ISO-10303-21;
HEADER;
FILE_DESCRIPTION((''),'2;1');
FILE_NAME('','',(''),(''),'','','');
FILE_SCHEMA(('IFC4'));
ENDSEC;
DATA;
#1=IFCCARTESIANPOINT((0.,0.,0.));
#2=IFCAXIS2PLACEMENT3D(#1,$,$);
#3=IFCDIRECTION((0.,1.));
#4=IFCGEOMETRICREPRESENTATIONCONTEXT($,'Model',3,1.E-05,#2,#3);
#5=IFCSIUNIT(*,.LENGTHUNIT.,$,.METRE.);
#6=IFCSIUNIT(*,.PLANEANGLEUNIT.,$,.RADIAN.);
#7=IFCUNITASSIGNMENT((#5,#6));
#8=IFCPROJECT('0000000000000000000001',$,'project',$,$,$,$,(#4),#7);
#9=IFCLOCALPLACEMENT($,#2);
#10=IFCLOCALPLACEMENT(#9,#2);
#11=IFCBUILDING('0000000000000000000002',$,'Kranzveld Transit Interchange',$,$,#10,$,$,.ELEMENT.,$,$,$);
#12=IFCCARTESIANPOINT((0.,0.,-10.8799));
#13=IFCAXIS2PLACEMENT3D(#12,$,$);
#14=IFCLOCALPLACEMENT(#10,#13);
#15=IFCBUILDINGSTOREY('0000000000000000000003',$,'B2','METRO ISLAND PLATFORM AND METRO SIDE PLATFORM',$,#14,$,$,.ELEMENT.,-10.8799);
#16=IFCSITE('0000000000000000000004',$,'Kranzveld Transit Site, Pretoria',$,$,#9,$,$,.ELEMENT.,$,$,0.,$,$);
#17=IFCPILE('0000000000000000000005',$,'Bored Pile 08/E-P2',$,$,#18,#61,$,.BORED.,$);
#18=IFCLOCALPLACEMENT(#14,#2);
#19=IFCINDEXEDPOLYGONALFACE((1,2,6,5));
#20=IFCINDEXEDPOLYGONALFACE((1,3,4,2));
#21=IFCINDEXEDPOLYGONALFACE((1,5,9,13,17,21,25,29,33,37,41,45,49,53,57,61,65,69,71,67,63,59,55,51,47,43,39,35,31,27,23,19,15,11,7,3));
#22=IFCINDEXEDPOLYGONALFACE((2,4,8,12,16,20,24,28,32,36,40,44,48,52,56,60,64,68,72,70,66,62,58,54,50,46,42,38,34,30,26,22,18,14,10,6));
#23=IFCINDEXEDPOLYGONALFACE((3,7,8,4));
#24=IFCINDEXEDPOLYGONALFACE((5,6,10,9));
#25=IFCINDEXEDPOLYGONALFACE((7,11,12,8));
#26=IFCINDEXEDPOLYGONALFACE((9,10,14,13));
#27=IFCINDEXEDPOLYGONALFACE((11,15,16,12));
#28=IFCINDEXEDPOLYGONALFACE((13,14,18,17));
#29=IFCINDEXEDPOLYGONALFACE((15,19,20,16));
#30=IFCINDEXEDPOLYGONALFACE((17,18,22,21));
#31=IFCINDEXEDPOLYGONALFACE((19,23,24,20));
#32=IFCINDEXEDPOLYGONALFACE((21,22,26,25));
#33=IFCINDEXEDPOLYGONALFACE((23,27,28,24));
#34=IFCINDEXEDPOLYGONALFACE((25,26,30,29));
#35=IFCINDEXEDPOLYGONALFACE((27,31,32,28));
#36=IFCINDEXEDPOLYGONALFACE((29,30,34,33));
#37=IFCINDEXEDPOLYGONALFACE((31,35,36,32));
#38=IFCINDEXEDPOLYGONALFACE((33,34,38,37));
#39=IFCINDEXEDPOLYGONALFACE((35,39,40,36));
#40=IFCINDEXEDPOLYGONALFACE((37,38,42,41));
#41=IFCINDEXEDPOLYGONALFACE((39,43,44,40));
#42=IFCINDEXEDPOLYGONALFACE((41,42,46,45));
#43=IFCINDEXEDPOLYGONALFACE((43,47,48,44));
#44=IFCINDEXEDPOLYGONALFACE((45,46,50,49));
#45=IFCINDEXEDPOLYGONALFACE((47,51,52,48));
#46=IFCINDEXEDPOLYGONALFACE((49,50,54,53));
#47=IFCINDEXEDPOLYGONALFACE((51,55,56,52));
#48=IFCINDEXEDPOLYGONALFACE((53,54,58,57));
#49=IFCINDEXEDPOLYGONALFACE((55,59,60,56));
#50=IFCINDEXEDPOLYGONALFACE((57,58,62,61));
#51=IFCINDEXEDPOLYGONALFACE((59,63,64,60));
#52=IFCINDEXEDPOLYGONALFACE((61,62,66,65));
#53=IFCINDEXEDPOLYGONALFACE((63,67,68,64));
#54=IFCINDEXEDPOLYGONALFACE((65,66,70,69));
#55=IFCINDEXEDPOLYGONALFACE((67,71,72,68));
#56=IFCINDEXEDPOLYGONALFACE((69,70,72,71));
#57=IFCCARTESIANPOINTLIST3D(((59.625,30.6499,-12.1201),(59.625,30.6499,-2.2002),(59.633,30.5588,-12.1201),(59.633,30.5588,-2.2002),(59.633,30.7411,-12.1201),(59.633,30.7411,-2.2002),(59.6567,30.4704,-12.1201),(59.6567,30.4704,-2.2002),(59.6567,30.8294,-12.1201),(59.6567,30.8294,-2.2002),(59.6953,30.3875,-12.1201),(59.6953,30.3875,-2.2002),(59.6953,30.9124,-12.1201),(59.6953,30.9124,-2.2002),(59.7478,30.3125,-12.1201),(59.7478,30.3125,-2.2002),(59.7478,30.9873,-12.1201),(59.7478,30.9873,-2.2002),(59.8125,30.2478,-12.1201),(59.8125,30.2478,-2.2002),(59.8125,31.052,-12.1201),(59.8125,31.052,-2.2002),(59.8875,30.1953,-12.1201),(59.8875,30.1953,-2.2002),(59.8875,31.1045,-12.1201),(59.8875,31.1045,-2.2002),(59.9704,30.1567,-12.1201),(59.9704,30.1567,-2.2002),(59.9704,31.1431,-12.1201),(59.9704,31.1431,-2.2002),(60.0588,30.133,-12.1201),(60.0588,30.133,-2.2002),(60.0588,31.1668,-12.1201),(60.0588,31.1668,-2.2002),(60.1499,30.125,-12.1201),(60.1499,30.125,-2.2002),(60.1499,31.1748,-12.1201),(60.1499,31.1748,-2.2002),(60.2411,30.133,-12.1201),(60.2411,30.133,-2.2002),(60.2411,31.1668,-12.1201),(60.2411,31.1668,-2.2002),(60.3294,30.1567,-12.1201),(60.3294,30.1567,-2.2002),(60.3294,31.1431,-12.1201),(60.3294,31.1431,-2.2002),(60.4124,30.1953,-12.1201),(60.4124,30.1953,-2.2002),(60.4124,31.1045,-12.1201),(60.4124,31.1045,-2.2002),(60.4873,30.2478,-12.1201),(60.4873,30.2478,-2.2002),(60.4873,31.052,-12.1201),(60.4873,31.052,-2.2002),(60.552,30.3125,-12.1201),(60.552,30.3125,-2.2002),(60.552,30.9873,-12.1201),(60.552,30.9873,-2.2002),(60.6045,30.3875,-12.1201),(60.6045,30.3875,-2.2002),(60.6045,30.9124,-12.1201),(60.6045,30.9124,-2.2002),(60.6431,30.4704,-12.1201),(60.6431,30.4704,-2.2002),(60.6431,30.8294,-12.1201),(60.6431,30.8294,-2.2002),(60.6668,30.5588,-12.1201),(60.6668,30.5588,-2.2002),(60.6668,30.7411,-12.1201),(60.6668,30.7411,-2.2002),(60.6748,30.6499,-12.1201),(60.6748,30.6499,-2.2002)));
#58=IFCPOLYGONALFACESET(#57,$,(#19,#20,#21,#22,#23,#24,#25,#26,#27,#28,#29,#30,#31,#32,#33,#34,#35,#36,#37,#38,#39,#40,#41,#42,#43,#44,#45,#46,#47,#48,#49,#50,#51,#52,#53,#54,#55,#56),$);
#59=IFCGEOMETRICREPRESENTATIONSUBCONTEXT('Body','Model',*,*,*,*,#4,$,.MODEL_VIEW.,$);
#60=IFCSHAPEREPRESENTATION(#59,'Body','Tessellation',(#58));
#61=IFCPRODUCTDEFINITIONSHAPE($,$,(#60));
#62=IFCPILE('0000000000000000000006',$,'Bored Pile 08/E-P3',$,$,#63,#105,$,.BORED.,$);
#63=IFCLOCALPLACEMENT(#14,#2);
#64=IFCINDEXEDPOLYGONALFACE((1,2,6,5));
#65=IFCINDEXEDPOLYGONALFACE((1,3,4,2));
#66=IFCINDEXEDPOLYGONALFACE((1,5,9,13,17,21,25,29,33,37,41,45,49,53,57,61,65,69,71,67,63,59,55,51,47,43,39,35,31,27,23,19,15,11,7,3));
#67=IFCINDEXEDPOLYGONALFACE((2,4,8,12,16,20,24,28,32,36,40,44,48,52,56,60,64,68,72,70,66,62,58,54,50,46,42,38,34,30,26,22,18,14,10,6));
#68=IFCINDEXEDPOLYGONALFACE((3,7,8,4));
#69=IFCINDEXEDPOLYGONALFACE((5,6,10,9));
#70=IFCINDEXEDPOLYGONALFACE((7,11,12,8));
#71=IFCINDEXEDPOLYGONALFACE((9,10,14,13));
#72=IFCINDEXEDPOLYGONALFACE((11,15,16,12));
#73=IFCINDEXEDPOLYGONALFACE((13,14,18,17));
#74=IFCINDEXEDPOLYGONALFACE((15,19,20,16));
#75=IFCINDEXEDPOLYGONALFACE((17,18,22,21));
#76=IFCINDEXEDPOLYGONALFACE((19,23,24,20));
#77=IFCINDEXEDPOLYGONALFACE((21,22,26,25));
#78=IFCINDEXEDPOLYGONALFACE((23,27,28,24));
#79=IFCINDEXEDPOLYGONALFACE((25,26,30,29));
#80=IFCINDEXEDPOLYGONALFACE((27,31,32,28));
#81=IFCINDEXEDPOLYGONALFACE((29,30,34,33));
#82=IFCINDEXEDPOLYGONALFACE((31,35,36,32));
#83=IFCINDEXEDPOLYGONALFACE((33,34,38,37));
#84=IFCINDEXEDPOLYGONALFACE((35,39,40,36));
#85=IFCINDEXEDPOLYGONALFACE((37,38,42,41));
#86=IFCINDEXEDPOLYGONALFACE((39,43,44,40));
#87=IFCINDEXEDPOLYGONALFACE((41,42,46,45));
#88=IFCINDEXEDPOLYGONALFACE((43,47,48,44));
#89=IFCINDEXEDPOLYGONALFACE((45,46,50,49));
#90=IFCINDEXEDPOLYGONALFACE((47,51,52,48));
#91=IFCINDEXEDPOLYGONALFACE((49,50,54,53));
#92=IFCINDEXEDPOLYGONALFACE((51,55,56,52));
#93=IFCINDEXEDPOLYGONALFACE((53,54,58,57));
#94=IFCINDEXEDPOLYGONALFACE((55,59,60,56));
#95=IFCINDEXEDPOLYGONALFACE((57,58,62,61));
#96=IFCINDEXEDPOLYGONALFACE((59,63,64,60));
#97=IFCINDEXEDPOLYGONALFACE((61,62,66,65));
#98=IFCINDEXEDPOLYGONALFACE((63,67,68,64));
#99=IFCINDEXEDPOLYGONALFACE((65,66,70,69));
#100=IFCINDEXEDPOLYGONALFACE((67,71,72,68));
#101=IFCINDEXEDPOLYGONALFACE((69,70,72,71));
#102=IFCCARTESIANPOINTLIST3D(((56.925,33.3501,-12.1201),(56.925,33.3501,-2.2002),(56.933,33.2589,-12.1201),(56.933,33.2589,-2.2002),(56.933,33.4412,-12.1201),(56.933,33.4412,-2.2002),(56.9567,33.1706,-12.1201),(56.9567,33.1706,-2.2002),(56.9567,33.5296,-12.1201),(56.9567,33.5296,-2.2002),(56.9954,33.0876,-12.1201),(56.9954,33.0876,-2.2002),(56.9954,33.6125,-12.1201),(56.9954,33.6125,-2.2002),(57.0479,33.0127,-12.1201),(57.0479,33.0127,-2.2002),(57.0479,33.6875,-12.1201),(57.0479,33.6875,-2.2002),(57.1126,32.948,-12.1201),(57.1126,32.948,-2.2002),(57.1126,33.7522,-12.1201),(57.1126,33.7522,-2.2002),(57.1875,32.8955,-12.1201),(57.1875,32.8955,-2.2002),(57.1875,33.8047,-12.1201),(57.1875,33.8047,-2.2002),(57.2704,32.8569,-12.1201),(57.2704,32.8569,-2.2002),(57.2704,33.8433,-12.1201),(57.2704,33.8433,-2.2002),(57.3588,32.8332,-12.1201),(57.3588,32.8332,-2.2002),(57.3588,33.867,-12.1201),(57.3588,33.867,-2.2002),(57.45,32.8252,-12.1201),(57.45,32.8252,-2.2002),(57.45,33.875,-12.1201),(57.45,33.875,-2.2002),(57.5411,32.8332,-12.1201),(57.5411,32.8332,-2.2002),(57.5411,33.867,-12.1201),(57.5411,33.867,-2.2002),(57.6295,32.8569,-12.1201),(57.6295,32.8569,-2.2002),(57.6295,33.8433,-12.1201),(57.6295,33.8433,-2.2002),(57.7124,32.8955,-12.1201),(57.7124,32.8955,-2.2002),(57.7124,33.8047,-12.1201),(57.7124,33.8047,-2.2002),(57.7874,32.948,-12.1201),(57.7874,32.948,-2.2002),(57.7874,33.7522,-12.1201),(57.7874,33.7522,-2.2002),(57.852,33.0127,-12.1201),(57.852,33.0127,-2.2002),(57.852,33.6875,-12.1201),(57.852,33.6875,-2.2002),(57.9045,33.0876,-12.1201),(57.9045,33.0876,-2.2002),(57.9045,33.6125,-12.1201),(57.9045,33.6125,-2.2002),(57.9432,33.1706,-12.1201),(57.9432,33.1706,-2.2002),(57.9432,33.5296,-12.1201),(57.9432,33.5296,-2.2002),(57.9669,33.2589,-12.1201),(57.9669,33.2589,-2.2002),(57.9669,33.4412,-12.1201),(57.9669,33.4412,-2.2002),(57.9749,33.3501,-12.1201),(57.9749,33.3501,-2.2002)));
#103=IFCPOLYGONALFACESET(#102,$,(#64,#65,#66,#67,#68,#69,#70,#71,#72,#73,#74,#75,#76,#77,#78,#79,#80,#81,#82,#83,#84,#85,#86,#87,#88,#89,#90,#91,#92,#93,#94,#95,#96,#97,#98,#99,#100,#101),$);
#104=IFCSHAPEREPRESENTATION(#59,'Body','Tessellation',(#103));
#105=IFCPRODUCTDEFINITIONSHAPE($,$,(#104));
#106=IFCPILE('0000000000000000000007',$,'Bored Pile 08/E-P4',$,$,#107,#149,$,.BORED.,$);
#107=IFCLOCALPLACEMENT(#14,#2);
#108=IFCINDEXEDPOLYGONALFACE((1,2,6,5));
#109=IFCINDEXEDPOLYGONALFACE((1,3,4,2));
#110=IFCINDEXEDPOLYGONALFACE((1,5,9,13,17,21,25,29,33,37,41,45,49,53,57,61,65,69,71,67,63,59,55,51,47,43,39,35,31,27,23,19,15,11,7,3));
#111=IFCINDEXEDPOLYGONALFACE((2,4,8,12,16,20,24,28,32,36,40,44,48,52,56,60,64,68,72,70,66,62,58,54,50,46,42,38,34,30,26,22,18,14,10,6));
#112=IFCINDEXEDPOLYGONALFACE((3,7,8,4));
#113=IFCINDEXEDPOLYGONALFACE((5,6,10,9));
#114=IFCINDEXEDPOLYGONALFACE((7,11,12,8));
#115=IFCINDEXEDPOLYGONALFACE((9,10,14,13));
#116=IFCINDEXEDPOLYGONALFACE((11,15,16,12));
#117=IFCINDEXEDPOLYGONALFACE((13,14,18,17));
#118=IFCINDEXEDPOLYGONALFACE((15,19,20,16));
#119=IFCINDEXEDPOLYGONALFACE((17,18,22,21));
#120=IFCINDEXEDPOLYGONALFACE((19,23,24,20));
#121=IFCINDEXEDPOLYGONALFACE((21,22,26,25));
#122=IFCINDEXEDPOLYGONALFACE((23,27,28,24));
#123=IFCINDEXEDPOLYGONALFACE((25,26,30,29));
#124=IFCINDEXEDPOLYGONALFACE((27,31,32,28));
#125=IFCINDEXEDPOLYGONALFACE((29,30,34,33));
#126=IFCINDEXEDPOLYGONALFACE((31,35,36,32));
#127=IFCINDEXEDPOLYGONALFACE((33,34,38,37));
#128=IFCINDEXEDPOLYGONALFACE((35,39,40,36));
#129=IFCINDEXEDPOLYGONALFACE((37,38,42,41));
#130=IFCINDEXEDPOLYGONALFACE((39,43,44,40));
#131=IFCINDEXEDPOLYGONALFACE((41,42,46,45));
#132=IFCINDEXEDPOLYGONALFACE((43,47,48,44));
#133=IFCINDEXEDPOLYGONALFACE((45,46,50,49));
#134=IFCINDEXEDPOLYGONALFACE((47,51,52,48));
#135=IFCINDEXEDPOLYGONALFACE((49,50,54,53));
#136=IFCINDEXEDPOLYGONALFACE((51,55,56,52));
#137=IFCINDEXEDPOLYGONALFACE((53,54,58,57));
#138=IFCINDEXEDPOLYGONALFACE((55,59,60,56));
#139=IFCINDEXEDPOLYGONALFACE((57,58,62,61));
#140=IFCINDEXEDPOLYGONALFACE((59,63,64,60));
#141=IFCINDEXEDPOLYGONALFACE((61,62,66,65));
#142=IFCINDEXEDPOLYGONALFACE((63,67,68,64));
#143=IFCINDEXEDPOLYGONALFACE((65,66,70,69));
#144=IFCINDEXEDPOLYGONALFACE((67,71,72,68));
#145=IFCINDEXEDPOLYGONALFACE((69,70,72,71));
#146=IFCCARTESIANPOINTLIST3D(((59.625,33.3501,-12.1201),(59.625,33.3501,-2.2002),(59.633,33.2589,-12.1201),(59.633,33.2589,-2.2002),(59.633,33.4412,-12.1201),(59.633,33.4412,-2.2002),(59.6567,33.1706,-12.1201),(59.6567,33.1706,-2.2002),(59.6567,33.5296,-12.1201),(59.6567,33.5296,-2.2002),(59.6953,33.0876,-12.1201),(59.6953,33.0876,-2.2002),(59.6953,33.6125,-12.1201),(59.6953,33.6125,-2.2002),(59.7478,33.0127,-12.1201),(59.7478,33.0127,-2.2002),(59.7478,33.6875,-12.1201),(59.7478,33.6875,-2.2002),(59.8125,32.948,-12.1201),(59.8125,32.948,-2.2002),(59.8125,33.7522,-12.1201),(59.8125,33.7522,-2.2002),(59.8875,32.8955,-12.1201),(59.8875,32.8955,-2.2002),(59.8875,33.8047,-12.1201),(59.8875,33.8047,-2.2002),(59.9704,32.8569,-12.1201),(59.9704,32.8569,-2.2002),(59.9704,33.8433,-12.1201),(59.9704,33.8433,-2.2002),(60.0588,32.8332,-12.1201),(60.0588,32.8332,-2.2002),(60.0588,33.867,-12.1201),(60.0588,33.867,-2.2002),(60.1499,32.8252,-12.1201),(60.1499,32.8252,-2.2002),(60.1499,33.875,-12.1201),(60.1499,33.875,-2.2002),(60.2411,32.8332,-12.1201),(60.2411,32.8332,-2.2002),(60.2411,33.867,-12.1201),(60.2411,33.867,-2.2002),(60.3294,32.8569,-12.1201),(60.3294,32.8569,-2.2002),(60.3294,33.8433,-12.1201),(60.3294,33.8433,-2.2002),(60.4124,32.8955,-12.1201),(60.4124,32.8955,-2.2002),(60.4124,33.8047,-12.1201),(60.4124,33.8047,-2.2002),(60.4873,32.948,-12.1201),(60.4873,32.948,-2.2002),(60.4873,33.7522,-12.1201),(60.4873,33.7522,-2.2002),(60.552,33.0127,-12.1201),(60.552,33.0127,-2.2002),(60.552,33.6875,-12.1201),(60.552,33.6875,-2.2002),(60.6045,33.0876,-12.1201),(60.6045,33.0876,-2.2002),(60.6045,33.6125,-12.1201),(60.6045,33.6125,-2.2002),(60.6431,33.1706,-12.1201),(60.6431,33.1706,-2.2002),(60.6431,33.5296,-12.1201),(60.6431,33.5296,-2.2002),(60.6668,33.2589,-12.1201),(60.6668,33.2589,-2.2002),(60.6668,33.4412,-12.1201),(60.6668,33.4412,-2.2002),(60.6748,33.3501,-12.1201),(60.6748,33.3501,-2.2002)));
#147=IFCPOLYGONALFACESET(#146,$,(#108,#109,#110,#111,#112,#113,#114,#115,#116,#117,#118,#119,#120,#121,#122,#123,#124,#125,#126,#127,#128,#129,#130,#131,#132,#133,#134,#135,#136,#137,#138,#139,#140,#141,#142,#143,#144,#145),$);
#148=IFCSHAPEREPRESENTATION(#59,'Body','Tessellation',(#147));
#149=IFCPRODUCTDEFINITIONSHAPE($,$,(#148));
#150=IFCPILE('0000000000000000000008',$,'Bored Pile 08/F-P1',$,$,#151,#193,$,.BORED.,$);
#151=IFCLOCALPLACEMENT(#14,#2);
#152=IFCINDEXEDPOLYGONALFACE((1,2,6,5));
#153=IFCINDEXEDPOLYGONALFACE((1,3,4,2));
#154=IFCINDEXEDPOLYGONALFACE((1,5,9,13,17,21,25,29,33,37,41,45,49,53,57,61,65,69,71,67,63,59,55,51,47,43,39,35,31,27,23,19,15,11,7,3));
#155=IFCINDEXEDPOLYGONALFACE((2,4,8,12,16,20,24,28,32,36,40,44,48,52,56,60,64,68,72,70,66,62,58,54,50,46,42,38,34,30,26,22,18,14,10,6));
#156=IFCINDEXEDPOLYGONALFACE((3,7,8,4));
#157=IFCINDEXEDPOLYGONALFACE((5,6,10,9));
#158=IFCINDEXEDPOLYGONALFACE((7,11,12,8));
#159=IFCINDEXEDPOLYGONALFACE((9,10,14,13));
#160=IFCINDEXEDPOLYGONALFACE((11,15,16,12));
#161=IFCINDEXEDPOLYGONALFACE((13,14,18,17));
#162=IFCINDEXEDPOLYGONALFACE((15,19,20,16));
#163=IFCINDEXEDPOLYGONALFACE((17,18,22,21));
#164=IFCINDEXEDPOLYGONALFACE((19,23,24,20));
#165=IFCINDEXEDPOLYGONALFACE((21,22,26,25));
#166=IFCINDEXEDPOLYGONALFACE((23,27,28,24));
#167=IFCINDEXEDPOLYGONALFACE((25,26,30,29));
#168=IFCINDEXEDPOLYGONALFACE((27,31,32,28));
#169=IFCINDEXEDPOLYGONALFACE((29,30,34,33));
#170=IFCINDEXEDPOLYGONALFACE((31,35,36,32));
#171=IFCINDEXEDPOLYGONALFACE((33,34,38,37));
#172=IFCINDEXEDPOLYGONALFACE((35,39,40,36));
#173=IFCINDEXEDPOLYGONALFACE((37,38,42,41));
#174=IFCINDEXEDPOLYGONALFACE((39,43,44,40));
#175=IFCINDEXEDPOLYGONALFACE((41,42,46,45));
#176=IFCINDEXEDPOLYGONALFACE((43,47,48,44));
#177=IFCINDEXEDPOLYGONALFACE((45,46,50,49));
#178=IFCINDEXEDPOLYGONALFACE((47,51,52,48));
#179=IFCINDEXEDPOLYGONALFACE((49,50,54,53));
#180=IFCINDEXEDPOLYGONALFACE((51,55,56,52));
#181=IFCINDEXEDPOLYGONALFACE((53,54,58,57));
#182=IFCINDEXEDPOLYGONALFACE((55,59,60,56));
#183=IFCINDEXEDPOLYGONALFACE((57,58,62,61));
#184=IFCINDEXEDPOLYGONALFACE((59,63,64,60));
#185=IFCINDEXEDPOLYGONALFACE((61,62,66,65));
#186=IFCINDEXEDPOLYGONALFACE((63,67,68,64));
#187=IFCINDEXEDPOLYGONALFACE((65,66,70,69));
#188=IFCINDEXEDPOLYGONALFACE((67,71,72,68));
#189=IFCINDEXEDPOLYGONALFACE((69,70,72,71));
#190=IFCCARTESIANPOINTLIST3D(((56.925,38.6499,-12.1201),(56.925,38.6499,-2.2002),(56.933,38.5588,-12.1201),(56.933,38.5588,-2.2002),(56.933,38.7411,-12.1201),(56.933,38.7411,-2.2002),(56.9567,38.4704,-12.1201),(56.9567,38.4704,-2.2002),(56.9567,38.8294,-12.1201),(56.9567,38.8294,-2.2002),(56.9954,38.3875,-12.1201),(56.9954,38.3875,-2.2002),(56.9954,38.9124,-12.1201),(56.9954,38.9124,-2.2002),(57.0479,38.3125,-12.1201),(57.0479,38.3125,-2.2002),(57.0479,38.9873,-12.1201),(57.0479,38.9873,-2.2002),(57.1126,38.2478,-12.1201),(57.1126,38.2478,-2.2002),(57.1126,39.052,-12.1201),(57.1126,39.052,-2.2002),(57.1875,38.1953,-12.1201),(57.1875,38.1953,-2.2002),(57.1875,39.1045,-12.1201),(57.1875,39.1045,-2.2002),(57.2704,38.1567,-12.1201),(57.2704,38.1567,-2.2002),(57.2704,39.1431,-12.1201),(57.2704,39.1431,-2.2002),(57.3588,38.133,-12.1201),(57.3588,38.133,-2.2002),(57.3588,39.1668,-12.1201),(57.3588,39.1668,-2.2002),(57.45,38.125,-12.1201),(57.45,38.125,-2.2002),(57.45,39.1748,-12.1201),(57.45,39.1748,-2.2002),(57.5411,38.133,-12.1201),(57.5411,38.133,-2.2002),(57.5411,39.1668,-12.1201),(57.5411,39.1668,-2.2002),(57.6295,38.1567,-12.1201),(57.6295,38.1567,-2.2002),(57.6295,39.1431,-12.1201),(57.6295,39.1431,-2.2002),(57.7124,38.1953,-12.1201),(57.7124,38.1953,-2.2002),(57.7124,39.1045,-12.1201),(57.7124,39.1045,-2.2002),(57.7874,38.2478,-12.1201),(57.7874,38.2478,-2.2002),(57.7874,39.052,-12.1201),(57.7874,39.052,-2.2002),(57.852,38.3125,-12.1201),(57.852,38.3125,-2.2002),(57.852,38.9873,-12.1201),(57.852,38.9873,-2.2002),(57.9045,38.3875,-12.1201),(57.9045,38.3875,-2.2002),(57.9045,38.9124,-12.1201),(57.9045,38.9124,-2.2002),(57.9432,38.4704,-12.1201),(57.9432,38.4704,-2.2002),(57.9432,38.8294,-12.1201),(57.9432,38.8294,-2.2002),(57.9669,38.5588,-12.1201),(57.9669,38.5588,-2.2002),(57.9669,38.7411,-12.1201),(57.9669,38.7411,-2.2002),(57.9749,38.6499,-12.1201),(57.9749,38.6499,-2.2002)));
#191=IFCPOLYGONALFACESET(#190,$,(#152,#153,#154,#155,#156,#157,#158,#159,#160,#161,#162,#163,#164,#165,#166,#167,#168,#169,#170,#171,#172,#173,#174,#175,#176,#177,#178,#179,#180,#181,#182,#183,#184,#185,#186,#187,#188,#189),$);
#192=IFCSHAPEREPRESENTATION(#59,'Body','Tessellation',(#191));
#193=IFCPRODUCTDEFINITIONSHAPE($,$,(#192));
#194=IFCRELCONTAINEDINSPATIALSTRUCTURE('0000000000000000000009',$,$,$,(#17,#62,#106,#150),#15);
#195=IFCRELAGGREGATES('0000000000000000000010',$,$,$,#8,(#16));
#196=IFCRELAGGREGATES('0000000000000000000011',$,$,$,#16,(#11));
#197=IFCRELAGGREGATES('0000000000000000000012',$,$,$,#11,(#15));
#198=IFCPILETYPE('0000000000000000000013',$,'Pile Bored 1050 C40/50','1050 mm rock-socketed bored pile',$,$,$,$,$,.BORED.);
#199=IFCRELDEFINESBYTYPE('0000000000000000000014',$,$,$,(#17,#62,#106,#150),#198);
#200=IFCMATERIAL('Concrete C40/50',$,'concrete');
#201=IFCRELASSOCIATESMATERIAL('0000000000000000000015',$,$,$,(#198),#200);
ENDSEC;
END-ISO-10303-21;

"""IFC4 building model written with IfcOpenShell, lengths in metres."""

from ifc_helpers import new_model, si_unit, direction, frame, origin, origin_2d, place, context, subcontext, project, spatial, circle, extrude, material, material_profile, profile_set, type_object, element, save


model = new_model("IFC4")

# Units and contexts
model_context = context("Model", 3, precision=1e-05, world=origin(), true_north=direction((0.0, 1.0)))
body_context = subcontext(model_context, "Body", "Model", "MODEL_VIEW")
ifc_project = project(units=[si_unit("LENGTHUNIT", "METRE"), si_unit("PLANEANGLEUNIT", "RADIAN")], contexts=[model_context])

# Site, building, storey
site_placement = place(None, origin())
site = spatial("IfcSite", under=ifc_project, at=site_placement, Name="Kranzveld Transit Site, Pretoria", CompositionType="ELEMENT", RefElevation=0.0)
building_placement = place(site_placement, origin())
building = spatial("IfcBuilding", under=site, at=building_placement, Name="Kranzveld Transit Interchange", CompositionType="ELEMENT")
storey_placement = place(building_placement, frame((0.0, 0.0, -10.8799)))
storey = spatial("IfcBuildingStorey", under=building, at=storey_placement, Name="B2", Description="METRO ISLAND PLATFORM AND METRO SIDE PLATFORM", CompositionType="ELEMENT", Elevation=-10.8799)

# Piles
ifc_material_1 = material(Name="Concrete C40/50", Category="concrete")
ifc_material_profile_1 = material_profile(ifc_material_1, circle(Radius=0.5249, at=origin_2d()), Name="BORED PILE 1050")
ifc_profile_set_1 = profile_set([ifc_material_profile_1], Name="Concrete C40/50")
pile_type = type_object("IfcPileType", Name="Pile Bored 1050 C40/50", Description="1050 mm rock-socketed bored pile", PredefinedType="BORED", material=ifc_profile_set_1)
for number, where, z_axis, x_axis, name in (
    (1, (60.1499, 30.6499, -2.2002), (0.0, 0.0, -1.0), (1.0, 0.0, 0.0), "Bored Pile 08/E-P2"),
    (2, (57.45, 33.3501, -2.2002), (0.0, 0.0, -1.0), (1.0, 0.0, 0.0), "Bored Pile 08/E-P3"),
    (3, (60.1499, 33.3501, -2.2002), (0.0, 0.0, -1.0), (1.0, 0.0, 0.0), "Bored Pile 08/E-P4"),
    (4, (57.45, 38.6499, -2.2002), (0.0, 0.0, -1.0), (1.0, 0.0, 0.0), "Bored Pile 08/F-P1"),
):
    element("IfcPile", number, at=place(storey_placement, frame(where, z_axis=z_axis, x_axis=x_axis)), inside=storey, type_object=pile_type, Name=name, PredefinedType="BORED", context=body_context, shape_type="SweptSolid", body=[
        extrude(circle(Radius=0.5249, at=origin_2d()), origin(), (0.0, 0.0, 1.0), 9.9199),
    ])

save(model, "model.ifc")
